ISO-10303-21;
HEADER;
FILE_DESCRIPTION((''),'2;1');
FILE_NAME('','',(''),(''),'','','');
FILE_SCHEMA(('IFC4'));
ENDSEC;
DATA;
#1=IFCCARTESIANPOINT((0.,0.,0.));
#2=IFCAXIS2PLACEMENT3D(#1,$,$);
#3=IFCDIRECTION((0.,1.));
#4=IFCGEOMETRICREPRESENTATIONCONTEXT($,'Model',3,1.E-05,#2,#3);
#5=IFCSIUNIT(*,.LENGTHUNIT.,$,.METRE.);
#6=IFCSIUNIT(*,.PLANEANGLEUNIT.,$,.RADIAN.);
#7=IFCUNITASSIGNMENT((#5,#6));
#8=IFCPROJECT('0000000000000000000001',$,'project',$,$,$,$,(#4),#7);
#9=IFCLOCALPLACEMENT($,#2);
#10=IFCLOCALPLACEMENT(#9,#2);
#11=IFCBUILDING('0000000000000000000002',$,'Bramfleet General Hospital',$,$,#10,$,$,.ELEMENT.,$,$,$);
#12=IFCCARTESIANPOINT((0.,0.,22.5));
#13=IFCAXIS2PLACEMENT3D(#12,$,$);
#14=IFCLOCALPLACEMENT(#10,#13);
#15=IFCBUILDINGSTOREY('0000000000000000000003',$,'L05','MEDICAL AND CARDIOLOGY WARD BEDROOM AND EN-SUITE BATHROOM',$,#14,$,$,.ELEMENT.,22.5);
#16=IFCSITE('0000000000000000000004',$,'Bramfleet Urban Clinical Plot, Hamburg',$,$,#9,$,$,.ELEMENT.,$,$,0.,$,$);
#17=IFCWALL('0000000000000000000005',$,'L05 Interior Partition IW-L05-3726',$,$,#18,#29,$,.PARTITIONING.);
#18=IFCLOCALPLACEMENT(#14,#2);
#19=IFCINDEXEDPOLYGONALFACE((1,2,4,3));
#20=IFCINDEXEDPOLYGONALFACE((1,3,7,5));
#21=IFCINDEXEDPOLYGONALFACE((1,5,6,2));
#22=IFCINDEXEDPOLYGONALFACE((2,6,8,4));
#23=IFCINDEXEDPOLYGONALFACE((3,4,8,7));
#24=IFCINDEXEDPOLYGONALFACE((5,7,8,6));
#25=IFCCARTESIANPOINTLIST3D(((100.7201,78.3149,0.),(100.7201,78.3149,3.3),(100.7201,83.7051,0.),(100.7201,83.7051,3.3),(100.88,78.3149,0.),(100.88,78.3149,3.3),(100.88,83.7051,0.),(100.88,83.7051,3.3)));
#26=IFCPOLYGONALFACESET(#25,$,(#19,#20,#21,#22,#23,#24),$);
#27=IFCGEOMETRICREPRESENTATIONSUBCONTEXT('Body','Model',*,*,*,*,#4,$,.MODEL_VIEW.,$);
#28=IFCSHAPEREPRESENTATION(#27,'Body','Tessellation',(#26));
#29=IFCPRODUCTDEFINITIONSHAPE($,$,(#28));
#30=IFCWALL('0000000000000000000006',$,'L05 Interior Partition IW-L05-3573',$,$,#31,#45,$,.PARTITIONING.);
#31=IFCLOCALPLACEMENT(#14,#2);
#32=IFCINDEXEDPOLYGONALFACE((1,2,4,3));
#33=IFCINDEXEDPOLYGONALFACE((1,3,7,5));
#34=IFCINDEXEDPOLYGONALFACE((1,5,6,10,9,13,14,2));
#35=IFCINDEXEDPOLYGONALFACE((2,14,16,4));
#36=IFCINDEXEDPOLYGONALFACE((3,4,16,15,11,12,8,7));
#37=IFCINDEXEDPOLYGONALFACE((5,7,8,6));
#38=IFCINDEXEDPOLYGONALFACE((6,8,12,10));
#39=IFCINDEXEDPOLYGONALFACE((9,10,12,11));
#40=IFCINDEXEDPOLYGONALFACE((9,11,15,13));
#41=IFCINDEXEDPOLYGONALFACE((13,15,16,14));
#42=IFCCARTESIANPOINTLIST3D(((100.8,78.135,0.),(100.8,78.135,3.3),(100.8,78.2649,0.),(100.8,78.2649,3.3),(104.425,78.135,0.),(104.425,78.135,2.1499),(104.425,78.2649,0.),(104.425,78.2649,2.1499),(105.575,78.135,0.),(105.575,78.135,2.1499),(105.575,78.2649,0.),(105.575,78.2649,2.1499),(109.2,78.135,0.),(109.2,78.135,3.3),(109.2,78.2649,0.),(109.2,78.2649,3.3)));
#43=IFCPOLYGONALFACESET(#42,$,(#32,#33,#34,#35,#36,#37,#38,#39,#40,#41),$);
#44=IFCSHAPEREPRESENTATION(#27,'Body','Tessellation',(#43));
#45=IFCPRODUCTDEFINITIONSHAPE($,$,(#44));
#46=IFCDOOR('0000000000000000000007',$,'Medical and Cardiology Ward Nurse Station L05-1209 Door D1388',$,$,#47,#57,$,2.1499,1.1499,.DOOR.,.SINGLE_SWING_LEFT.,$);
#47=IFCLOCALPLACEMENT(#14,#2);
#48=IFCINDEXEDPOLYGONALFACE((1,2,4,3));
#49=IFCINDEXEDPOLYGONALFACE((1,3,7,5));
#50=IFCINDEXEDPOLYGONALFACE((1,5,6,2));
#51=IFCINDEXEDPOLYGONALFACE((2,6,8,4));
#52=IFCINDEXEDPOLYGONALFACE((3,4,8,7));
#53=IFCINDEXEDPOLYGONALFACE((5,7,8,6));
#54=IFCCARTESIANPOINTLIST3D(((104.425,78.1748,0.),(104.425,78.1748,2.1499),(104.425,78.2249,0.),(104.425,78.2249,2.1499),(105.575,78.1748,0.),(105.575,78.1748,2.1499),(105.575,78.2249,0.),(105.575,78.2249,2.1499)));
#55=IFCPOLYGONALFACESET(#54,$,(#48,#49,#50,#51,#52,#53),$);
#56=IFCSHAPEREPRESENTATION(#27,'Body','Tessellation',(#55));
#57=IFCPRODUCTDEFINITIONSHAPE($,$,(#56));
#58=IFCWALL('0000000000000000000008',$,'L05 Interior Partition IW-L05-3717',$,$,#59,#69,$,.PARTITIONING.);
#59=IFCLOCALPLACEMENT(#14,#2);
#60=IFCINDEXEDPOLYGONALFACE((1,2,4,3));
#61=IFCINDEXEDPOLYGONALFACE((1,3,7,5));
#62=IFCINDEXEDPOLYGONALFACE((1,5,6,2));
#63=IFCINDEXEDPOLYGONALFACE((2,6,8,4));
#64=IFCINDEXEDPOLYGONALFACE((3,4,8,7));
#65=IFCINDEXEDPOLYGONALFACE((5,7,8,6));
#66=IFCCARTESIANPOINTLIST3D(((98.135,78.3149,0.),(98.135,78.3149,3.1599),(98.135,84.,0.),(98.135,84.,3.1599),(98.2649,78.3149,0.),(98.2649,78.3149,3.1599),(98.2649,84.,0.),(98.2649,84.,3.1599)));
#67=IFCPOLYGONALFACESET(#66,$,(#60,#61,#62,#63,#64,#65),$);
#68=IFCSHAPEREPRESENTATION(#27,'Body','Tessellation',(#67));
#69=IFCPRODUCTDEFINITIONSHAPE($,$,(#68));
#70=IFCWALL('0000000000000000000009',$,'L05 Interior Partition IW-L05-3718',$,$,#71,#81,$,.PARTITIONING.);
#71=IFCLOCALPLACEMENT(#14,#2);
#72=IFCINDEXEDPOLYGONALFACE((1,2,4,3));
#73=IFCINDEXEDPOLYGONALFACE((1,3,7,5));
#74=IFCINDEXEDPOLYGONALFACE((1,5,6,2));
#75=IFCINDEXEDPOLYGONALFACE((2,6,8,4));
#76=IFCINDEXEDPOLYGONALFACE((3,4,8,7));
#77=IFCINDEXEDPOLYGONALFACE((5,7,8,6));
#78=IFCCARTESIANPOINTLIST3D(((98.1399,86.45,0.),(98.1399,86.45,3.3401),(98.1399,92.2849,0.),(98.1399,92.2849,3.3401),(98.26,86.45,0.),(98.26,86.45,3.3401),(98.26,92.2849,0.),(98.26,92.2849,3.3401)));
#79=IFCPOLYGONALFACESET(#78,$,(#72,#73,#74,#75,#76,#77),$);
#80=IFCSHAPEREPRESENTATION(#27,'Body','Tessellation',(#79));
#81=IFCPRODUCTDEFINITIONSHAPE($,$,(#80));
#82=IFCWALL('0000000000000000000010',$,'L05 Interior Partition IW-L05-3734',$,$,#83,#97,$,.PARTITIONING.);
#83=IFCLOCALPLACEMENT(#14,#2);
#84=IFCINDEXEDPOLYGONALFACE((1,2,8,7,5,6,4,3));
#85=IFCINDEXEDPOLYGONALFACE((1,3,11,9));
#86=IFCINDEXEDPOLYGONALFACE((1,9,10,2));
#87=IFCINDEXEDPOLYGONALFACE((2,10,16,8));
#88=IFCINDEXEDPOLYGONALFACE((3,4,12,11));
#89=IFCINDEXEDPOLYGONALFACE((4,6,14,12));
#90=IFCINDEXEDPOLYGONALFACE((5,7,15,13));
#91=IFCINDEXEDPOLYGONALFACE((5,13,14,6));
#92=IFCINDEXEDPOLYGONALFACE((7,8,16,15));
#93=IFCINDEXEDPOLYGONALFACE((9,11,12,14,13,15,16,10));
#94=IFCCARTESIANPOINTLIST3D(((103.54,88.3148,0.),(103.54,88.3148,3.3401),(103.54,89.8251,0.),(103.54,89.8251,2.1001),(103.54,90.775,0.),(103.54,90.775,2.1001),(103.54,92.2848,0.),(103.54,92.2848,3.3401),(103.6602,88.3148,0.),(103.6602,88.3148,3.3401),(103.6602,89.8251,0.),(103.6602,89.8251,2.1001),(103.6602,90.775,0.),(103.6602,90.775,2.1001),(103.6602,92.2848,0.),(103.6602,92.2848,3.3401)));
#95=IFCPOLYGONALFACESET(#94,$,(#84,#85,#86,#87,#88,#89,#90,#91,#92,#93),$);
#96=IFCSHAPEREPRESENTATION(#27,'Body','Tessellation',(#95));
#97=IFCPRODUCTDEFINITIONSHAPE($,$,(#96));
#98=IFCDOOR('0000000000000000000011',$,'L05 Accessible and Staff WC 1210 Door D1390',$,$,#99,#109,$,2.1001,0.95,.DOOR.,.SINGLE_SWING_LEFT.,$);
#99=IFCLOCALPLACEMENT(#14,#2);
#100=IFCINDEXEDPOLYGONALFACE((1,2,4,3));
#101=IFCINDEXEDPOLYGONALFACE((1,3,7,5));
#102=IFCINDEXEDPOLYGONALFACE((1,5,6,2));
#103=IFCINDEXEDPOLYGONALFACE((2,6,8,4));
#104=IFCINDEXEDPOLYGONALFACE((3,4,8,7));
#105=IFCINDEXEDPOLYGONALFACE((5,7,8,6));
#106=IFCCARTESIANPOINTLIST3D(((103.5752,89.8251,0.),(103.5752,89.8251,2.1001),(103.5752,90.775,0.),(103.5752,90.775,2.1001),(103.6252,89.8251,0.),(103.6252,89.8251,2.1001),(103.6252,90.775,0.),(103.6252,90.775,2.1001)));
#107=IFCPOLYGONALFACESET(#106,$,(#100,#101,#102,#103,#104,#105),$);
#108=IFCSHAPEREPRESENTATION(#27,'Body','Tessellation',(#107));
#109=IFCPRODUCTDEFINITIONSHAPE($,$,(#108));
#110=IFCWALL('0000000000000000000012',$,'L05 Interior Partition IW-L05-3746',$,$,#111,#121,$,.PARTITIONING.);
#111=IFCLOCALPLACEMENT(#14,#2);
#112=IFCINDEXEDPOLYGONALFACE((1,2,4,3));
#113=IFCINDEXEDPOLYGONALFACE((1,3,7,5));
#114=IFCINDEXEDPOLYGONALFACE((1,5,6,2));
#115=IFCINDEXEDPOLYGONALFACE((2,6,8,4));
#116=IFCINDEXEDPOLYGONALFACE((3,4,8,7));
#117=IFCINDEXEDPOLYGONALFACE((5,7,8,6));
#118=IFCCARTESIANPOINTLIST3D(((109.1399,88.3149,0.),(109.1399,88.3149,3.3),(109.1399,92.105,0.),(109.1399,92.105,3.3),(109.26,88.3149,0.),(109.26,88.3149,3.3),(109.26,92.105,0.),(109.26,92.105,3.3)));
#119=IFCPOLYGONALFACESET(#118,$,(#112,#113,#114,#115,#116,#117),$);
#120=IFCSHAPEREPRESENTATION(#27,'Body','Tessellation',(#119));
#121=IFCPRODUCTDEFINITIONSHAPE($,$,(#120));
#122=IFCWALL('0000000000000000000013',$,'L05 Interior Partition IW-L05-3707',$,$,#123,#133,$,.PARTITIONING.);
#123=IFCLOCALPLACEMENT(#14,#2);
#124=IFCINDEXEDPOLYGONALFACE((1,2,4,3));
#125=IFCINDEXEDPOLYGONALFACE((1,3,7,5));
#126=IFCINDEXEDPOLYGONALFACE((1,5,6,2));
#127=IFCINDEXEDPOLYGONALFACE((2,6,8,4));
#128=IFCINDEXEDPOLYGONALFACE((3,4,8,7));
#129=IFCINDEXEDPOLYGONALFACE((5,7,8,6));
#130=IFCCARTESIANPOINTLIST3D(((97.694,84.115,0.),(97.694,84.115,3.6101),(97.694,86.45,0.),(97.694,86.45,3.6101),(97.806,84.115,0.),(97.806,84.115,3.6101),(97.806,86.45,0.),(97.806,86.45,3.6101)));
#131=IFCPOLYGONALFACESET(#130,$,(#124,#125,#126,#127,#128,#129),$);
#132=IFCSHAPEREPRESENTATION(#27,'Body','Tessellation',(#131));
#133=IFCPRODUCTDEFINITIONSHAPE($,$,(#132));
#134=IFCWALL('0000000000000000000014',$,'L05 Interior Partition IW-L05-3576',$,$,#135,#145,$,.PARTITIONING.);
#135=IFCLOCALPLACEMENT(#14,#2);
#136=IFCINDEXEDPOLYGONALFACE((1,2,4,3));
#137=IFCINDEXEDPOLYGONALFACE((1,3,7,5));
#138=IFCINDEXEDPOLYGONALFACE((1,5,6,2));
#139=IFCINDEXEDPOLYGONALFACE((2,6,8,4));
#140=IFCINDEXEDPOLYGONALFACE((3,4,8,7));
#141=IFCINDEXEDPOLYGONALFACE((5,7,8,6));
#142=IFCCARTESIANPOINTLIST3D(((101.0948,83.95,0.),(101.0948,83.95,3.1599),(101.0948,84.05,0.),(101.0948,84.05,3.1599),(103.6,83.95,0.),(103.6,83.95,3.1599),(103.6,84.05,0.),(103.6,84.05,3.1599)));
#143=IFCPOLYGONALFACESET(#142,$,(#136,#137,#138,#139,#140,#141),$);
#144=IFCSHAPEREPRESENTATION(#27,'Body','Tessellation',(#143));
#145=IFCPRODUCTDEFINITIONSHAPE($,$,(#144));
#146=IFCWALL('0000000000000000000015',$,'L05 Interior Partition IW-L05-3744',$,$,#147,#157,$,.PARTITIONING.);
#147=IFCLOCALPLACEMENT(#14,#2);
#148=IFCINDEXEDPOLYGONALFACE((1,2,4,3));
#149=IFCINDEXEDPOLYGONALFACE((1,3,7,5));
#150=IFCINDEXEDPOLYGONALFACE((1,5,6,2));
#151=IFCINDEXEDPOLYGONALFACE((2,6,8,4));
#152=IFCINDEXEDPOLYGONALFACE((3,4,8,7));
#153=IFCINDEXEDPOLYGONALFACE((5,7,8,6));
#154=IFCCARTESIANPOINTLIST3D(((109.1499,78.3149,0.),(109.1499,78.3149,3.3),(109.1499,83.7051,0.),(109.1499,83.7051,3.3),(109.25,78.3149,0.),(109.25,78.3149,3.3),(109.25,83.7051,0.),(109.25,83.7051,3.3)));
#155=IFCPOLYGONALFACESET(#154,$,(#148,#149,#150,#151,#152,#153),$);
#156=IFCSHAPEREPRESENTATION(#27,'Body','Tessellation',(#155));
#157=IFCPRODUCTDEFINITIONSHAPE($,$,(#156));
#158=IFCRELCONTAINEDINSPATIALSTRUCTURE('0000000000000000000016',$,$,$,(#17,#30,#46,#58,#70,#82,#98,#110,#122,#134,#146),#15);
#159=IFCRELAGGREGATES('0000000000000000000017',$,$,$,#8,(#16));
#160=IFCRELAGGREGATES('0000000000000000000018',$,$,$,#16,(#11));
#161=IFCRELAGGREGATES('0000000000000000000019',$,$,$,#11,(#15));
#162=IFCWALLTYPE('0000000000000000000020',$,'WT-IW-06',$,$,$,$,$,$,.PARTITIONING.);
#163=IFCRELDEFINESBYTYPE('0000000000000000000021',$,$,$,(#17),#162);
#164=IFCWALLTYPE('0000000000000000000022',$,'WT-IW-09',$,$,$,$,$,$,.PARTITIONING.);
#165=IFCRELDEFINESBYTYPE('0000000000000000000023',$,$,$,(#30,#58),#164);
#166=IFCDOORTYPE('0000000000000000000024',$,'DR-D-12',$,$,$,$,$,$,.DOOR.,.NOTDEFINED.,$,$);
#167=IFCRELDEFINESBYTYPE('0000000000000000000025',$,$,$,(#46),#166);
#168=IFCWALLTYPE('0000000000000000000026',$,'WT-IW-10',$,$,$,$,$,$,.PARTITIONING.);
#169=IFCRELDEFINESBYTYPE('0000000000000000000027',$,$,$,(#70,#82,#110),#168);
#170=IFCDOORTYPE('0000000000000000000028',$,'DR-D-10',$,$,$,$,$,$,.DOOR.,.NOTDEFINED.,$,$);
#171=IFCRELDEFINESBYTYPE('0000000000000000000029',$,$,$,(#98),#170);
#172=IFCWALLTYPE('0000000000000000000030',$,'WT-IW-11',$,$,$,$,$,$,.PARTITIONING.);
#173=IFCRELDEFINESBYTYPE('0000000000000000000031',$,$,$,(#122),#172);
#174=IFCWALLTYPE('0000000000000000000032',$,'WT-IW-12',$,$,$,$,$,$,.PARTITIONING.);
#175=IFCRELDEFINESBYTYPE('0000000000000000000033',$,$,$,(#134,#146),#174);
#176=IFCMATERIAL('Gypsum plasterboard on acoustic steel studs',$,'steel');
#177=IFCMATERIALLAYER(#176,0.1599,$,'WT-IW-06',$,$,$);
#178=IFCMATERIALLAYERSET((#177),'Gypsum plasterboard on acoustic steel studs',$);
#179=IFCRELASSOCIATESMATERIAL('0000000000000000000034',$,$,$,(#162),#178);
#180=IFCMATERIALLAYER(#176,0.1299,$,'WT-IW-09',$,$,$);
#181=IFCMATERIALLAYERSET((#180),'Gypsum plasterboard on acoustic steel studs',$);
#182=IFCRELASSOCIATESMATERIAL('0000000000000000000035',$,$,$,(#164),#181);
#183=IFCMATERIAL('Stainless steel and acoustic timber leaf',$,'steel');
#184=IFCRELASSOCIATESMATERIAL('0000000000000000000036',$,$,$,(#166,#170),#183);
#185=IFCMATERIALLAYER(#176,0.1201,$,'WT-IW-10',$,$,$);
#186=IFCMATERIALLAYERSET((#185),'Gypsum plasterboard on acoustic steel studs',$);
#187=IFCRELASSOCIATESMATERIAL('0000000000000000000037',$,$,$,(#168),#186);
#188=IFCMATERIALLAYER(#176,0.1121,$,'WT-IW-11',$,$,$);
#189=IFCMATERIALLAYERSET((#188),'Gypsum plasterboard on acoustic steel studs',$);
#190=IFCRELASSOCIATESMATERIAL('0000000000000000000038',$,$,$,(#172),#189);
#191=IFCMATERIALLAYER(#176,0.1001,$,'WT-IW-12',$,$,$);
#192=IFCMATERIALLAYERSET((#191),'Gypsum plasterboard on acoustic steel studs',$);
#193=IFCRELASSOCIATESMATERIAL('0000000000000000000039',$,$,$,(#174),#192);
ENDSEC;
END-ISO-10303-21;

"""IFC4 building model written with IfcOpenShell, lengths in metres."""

from ifc_helpers import new_model, si_unit, direction, frame, frame_2d, origin, place, context, subcontext, project, spatial, rectangle, extrude, material, layer, layer_set, type_object, element, fill, save


model = new_model("IFC4")

# Units and contexts
model_context = context("Model", 3, precision=1e-05, world=origin(), true_north=direction((0.0, 1.0)))
body_context = subcontext(model_context, "Body", "Model", "MODEL_VIEW")
ifc_project = project(units=[si_unit("LENGTHUNIT", "METRE"), si_unit("PLANEANGLEUNIT", "RADIAN")], contexts=[model_context])

# Site, building, storey
site_placement = place(None, origin())
site = spatial("IfcSite", under=ifc_project, at=site_placement, Name="Bramfleet Urban Clinical Plot, Hamburg", CompositionType="ELEMENT", RefElevation=0.0)
building_placement = place(site_placement, origin())
building = spatial("IfcBuilding", under=site, at=building_placement, Name="Bramfleet General Hospital", CompositionType="ELEMENT")
storey_placement = place(building_placement, frame((0.0, 0.0, 22.5)))
storey = spatial("IfcBuildingStorey", under=building, at=storey_placement, Name="L05", Description="MEDICAL AND CARDIOLOGY WARD BEDROOM AND EN-SUITE BATHROOM", CompositionType="ELEMENT", Elevation=22.5)

# Shared definitions
ifc_material_1 = material(Name="Stainless steel and acoustic timber leaf", Category="steel")

# Wall
ifc_material_2 = material(Name="Gypsum plasterboard on acoustic steel studs", Category="steel")
ifc_layer_1 = layer(ifc_material_2, 0.1599, Name="WT-IW-06")
ifc_layer_set_1 = layer_set([ifc_layer_1], Name="Gypsum plasterboard on acoustic steel studs")
wall_type_1 = type_object("IfcWallType", Name="WT-IW-06", PredefinedType="PARTITIONING", material=ifc_layer_set_1)
wall_1_placement = place(storey_placement, frame((100.8, 78.3149, 0.0), z_axis=(0.0, 0.0, 1.0), x_axis=(0.0, 1.0, 0.0)))
element("IfcWall", 1, at=wall_1_placement, inside=storey, type_object=wall_type_1, Name="L05 Interior Partition IW-L05-3726", PredefinedType="PARTITIONING", context=body_context, shape_type="SweptSolid", body=[
    extrude(rectangle(XDim=5.3901, YDim=0.1599, at=frame_2d((2.6951, 0.0))), origin(), (0.0, 0.0, 1.0), 3.3),
])

# Wall, opening, door
ifc_layer_2 = layer(ifc_material_2, 0.1299, Name="WT-IW-09")
ifc_layer_set_2 = layer_set([ifc_layer_2], Name="Gypsum plasterboard on acoustic steel studs")
wall_type_2 = type_object("IfcWallType", Name="WT-IW-09", PredefinedType="PARTITIONING", material=ifc_layer_set_2)
wall_2_placement = place(storey_placement, frame((100.8, 78.2, 0.0), z_axis=(0.0, 0.0, 1.0), x_axis=(1.0, 0.0, 0.0)))
wall_2 = element("IfcWall", 2, at=wall_2_placement, inside=storey, type_object=wall_type_2, Name="L05 Interior Partition IW-L05-3573", PredefinedType="PARTITIONING", context=body_context, shape_type="SweptSolid", body=[
    extrude(rectangle(XDim=8.3999, YDim=0.1299, at=frame_2d((4.2, 0.0))), origin(), (0.0, 0.0, 1.0), 3.3),
])
opening_1_placement = place(wall_2_placement, frame((3.625, 0.0, 0.0)))
opening_1 = element("IfcOpeningElement", 3, at=opening_1_placement, cuts=wall_2, PredefinedType="OPENING", context=body_context, shape_type="SweptSolid", body=[
    extrude(rectangle(XDim=1.1499, YDim=2.1499, at=frame_2d((0.575, 1.075))), frame((0.0, 0.075, 0.0), z_axis=(0.0, -1.0, 0.0), x_axis=(1.0, 0.0, 0.0)), (0.0, 0.0, 1.0), 0.1499),
])
door_type_1 = type_object("IfcDoorType", Name="DR-D-12", OperationType="NOTDEFINED", PredefinedType="DOOR", material=ifc_material_1)
door_1_placement = place(opening_1_placement, origin())
door_1 = element("IfcDoor", 4, at=door_1_placement, inside=storey, type_object=door_type_1, Name="Medical and Cardiology Ward Nurse Station L05-1209 Door D1388", OperationType="SINGLE_SWING_LEFT", OverallHeight=2.1499, OverallWidth=1.1499, PredefinedType="DOOR", context=body_context, shape_type="SweptSolid", body=[
    extrude(rectangle(XDim=1.1499, YDim=2.1499, at=frame_2d((0.575, 1.075))), frame((0.0, 0.0249, 0.0), z_axis=(0.0, -1.0, 0.0), x_axis=(1.0, 0.0, 0.0)), (0.0, 0.0, 1.0), 0.05),
])
fill(opening_1, door_1)

# Walls
wall_3_placement = place(storey_placement, frame((98.2, 78.3149, 0.0), z_axis=(0.0, 0.0, 1.0), x_axis=(0.0, 1.0, 0.0)))
element("IfcWall", 5, at=wall_3_placement, inside=storey, type_object=wall_type_2, Name="L05 Interior Partition IW-L05-3717", PredefinedType="PARTITIONING", context=body_context, shape_type="SweptSolid", body=[
    extrude(rectangle(XDim=5.6851, YDim=0.1299, at=frame_2d((2.8425, 0.0))), origin(), (0.0, 0.0, 1.0), 3.1599),
])
ifc_layer_3 = layer(ifc_material_2, 0.1201, Name="WT-IW-10")
ifc_layer_set_3 = layer_set([ifc_layer_3], Name="Gypsum plasterboard on acoustic steel studs")
wall_type_3 = type_object("IfcWallType", Name="WT-IW-10", PredefinedType="PARTITIONING", material=ifc_layer_set_3)
wall_4_placement = place(storey_placement, frame((98.2, 86.45, 0.0), z_axis=(0.0, 0.0, 1.0), x_axis=(0.0, 1.0, 0.0)))
element("IfcWall", 6, at=wall_4_placement, inside=storey, type_object=wall_type_3, Name="L05 Interior Partition IW-L05-3718", PredefinedType="PARTITIONING", context=body_context, shape_type="SweptSolid", body=[
    extrude(rectangle(XDim=5.835, YDim=0.1201, at=frame_2d((2.9175, 0.0))), origin(), (0.0, 0.0, 1.0), 3.3401),
])

# Wall, opening, door
wall_5_placement = place(storey_placement, frame((103.6001, 88.3149, 0.0), z_axis=(0.0, 0.0, 1.0), x_axis=(0.0, 1.0, 0.0)))
wall_5 = element("IfcWall", 7, at=wall_5_placement, inside=storey, type_object=wall_type_3, Name="L05 Interior Partition IW-L05-3734", PredefinedType="PARTITIONING", context=body_context, shape_type="SweptSolid", body=[
    extrude(rectangle(XDim=3.97, YDim=0.1201, at=frame_2d((1.9849, 0.0))), origin(), (0.0, 0.0, 1.0), 3.3401),
])
opening_2_placement = place(wall_5_placement, frame((1.51, 0.0, 0.0)))
opening_2 = element("IfcOpeningElement", 8, at=opening_2_placement, cuts=wall_5, PredefinedType="OPENING", context=body_context, shape_type="SweptSolid", body=[
    extrude(rectangle(XDim=0.95, YDim=2.1001, at=frame_2d((0.4751, 1.05))), frame((0.0, 0.0701, 0.0), z_axis=(0.0, -1.0, 0.0), x_axis=(1.0, 0.0, 0.0)), (0.0, 0.0, 1.0), 0.1401),
])
door_type_2 = type_object("IfcDoorType", Name="DR-D-10", OperationType="NOTDEFINED", PredefinedType="DOOR", material=ifc_material_1)
door_2_placement = place(opening_2_placement, origin())
door_2 = element("IfcDoor", 9, at=door_2_placement, inside=storey, type_object=door_type_2, Name="L05 Accessible and Staff WC 1210 Door D1390", OperationType="SINGLE_SWING_LEFT", OverallHeight=2.1001, OverallWidth=0.95, PredefinedType="DOOR", context=body_context, shape_type="SweptSolid", body=[
    extrude(rectangle(XDim=0.95, YDim=2.1001, at=frame_2d((0.4751, 1.05))), frame((0.0, 0.0249, 0.0), z_axis=(0.0, -1.0, 0.0), x_axis=(1.0, 0.0, 0.0)), (0.0, 0.0, 1.0), 0.05),
])
fill(opening_2, door_2)

# Walls
wall_6_placement = place(storey_placement, frame((109.2, 88.3149, 0.0), z_axis=(0.0, 0.0, 1.0), x_axis=(0.0, 1.0, 0.0)))
element("IfcWall", 10, at=wall_6_placement, inside=storey, type_object=wall_type_3, Name="L05 Interior Partition IW-L05-3746", PredefinedType="PARTITIONING", context=body_context, shape_type="SweptSolid", body=[
    extrude(rectangle(XDim=3.79, YDim=0.1201, at=frame_2d((1.895, 0.0))), origin(), (0.0, 0.0, 1.0), 3.3),
])
ifc_layer_4 = layer(ifc_material_2, 0.1121, Name="WT-IW-11")
ifc_layer_set_4 = layer_set([ifc_layer_4], Name="Gypsum plasterboard on acoustic steel studs")
wall_type_4 = type_object("IfcWallType", Name="WT-IW-11", PredefinedType="PARTITIONING", material=ifc_layer_set_4)
wall_7_placement = place(storey_placement, frame((97.75, 84.115, 0.0), z_axis=(0.0, 0.0, 1.0), x_axis=(0.0, 1.0, 0.0)))
element("IfcWall", 11, at=wall_7_placement, inside=storey, type_object=wall_type_4, Name="L05 Interior Partition IW-L05-3707", PredefinedType="PARTITIONING", context=body_context, shape_type="SweptSolid", body=[
    extrude(rectangle(XDim=2.335, YDim=0.1121, at=frame_2d((1.1675, 0.0))), origin(), (0.0, 0.0, 1.0), 3.6101),
])
ifc_layer_5 = layer(ifc_material_2, 0.1001, Name="WT-IW-12")
ifc_layer_set_5 = layer_set([ifc_layer_5], Name="Gypsum plasterboard on acoustic steel studs")
wall_type_5 = type_object("IfcWallType", Name="WT-IW-12", PredefinedType="PARTITIONING", material=ifc_layer_set_5)
wall_8_placement = place(storey_placement, frame((101.095, 84.0, 0.0), z_axis=(0.0, 0.0, 1.0), x_axis=(1.0, 0.0, 0.0)))
element("IfcWall", 12, at=wall_8_placement, inside=storey, type_object=wall_type_5, Name="L05 Interior Partition IW-L05-3576", PredefinedType="PARTITIONING", context=body_context, shape_type="SweptSolid", body=[
    extrude(rectangle(XDim=2.5051, YDim=0.1001, at=frame_2d((1.2524, 0.0))), origin(), (0.0, 0.0, 1.0), 3.1599),
])
wall_9_placement = place(storey_placement, frame((109.2, 78.3149, 0.0), z_axis=(0.0, 0.0, 1.0), x_axis=(0.0, 1.0, 0.0)))
element("IfcWall", 13, at=wall_9_placement, inside=storey, type_object=wall_type_5, Name="L05 Interior Partition IW-L05-3744", PredefinedType="PARTITIONING", context=body_context, shape_type="SweptSolid", body=[
    extrude(rectangle(XDim=5.3901, YDim=0.1001, at=frame_2d((2.6951, 0.0))), origin(), (0.0, 0.0, 1.0), 3.3),
])

save(model, "model.ifc")
